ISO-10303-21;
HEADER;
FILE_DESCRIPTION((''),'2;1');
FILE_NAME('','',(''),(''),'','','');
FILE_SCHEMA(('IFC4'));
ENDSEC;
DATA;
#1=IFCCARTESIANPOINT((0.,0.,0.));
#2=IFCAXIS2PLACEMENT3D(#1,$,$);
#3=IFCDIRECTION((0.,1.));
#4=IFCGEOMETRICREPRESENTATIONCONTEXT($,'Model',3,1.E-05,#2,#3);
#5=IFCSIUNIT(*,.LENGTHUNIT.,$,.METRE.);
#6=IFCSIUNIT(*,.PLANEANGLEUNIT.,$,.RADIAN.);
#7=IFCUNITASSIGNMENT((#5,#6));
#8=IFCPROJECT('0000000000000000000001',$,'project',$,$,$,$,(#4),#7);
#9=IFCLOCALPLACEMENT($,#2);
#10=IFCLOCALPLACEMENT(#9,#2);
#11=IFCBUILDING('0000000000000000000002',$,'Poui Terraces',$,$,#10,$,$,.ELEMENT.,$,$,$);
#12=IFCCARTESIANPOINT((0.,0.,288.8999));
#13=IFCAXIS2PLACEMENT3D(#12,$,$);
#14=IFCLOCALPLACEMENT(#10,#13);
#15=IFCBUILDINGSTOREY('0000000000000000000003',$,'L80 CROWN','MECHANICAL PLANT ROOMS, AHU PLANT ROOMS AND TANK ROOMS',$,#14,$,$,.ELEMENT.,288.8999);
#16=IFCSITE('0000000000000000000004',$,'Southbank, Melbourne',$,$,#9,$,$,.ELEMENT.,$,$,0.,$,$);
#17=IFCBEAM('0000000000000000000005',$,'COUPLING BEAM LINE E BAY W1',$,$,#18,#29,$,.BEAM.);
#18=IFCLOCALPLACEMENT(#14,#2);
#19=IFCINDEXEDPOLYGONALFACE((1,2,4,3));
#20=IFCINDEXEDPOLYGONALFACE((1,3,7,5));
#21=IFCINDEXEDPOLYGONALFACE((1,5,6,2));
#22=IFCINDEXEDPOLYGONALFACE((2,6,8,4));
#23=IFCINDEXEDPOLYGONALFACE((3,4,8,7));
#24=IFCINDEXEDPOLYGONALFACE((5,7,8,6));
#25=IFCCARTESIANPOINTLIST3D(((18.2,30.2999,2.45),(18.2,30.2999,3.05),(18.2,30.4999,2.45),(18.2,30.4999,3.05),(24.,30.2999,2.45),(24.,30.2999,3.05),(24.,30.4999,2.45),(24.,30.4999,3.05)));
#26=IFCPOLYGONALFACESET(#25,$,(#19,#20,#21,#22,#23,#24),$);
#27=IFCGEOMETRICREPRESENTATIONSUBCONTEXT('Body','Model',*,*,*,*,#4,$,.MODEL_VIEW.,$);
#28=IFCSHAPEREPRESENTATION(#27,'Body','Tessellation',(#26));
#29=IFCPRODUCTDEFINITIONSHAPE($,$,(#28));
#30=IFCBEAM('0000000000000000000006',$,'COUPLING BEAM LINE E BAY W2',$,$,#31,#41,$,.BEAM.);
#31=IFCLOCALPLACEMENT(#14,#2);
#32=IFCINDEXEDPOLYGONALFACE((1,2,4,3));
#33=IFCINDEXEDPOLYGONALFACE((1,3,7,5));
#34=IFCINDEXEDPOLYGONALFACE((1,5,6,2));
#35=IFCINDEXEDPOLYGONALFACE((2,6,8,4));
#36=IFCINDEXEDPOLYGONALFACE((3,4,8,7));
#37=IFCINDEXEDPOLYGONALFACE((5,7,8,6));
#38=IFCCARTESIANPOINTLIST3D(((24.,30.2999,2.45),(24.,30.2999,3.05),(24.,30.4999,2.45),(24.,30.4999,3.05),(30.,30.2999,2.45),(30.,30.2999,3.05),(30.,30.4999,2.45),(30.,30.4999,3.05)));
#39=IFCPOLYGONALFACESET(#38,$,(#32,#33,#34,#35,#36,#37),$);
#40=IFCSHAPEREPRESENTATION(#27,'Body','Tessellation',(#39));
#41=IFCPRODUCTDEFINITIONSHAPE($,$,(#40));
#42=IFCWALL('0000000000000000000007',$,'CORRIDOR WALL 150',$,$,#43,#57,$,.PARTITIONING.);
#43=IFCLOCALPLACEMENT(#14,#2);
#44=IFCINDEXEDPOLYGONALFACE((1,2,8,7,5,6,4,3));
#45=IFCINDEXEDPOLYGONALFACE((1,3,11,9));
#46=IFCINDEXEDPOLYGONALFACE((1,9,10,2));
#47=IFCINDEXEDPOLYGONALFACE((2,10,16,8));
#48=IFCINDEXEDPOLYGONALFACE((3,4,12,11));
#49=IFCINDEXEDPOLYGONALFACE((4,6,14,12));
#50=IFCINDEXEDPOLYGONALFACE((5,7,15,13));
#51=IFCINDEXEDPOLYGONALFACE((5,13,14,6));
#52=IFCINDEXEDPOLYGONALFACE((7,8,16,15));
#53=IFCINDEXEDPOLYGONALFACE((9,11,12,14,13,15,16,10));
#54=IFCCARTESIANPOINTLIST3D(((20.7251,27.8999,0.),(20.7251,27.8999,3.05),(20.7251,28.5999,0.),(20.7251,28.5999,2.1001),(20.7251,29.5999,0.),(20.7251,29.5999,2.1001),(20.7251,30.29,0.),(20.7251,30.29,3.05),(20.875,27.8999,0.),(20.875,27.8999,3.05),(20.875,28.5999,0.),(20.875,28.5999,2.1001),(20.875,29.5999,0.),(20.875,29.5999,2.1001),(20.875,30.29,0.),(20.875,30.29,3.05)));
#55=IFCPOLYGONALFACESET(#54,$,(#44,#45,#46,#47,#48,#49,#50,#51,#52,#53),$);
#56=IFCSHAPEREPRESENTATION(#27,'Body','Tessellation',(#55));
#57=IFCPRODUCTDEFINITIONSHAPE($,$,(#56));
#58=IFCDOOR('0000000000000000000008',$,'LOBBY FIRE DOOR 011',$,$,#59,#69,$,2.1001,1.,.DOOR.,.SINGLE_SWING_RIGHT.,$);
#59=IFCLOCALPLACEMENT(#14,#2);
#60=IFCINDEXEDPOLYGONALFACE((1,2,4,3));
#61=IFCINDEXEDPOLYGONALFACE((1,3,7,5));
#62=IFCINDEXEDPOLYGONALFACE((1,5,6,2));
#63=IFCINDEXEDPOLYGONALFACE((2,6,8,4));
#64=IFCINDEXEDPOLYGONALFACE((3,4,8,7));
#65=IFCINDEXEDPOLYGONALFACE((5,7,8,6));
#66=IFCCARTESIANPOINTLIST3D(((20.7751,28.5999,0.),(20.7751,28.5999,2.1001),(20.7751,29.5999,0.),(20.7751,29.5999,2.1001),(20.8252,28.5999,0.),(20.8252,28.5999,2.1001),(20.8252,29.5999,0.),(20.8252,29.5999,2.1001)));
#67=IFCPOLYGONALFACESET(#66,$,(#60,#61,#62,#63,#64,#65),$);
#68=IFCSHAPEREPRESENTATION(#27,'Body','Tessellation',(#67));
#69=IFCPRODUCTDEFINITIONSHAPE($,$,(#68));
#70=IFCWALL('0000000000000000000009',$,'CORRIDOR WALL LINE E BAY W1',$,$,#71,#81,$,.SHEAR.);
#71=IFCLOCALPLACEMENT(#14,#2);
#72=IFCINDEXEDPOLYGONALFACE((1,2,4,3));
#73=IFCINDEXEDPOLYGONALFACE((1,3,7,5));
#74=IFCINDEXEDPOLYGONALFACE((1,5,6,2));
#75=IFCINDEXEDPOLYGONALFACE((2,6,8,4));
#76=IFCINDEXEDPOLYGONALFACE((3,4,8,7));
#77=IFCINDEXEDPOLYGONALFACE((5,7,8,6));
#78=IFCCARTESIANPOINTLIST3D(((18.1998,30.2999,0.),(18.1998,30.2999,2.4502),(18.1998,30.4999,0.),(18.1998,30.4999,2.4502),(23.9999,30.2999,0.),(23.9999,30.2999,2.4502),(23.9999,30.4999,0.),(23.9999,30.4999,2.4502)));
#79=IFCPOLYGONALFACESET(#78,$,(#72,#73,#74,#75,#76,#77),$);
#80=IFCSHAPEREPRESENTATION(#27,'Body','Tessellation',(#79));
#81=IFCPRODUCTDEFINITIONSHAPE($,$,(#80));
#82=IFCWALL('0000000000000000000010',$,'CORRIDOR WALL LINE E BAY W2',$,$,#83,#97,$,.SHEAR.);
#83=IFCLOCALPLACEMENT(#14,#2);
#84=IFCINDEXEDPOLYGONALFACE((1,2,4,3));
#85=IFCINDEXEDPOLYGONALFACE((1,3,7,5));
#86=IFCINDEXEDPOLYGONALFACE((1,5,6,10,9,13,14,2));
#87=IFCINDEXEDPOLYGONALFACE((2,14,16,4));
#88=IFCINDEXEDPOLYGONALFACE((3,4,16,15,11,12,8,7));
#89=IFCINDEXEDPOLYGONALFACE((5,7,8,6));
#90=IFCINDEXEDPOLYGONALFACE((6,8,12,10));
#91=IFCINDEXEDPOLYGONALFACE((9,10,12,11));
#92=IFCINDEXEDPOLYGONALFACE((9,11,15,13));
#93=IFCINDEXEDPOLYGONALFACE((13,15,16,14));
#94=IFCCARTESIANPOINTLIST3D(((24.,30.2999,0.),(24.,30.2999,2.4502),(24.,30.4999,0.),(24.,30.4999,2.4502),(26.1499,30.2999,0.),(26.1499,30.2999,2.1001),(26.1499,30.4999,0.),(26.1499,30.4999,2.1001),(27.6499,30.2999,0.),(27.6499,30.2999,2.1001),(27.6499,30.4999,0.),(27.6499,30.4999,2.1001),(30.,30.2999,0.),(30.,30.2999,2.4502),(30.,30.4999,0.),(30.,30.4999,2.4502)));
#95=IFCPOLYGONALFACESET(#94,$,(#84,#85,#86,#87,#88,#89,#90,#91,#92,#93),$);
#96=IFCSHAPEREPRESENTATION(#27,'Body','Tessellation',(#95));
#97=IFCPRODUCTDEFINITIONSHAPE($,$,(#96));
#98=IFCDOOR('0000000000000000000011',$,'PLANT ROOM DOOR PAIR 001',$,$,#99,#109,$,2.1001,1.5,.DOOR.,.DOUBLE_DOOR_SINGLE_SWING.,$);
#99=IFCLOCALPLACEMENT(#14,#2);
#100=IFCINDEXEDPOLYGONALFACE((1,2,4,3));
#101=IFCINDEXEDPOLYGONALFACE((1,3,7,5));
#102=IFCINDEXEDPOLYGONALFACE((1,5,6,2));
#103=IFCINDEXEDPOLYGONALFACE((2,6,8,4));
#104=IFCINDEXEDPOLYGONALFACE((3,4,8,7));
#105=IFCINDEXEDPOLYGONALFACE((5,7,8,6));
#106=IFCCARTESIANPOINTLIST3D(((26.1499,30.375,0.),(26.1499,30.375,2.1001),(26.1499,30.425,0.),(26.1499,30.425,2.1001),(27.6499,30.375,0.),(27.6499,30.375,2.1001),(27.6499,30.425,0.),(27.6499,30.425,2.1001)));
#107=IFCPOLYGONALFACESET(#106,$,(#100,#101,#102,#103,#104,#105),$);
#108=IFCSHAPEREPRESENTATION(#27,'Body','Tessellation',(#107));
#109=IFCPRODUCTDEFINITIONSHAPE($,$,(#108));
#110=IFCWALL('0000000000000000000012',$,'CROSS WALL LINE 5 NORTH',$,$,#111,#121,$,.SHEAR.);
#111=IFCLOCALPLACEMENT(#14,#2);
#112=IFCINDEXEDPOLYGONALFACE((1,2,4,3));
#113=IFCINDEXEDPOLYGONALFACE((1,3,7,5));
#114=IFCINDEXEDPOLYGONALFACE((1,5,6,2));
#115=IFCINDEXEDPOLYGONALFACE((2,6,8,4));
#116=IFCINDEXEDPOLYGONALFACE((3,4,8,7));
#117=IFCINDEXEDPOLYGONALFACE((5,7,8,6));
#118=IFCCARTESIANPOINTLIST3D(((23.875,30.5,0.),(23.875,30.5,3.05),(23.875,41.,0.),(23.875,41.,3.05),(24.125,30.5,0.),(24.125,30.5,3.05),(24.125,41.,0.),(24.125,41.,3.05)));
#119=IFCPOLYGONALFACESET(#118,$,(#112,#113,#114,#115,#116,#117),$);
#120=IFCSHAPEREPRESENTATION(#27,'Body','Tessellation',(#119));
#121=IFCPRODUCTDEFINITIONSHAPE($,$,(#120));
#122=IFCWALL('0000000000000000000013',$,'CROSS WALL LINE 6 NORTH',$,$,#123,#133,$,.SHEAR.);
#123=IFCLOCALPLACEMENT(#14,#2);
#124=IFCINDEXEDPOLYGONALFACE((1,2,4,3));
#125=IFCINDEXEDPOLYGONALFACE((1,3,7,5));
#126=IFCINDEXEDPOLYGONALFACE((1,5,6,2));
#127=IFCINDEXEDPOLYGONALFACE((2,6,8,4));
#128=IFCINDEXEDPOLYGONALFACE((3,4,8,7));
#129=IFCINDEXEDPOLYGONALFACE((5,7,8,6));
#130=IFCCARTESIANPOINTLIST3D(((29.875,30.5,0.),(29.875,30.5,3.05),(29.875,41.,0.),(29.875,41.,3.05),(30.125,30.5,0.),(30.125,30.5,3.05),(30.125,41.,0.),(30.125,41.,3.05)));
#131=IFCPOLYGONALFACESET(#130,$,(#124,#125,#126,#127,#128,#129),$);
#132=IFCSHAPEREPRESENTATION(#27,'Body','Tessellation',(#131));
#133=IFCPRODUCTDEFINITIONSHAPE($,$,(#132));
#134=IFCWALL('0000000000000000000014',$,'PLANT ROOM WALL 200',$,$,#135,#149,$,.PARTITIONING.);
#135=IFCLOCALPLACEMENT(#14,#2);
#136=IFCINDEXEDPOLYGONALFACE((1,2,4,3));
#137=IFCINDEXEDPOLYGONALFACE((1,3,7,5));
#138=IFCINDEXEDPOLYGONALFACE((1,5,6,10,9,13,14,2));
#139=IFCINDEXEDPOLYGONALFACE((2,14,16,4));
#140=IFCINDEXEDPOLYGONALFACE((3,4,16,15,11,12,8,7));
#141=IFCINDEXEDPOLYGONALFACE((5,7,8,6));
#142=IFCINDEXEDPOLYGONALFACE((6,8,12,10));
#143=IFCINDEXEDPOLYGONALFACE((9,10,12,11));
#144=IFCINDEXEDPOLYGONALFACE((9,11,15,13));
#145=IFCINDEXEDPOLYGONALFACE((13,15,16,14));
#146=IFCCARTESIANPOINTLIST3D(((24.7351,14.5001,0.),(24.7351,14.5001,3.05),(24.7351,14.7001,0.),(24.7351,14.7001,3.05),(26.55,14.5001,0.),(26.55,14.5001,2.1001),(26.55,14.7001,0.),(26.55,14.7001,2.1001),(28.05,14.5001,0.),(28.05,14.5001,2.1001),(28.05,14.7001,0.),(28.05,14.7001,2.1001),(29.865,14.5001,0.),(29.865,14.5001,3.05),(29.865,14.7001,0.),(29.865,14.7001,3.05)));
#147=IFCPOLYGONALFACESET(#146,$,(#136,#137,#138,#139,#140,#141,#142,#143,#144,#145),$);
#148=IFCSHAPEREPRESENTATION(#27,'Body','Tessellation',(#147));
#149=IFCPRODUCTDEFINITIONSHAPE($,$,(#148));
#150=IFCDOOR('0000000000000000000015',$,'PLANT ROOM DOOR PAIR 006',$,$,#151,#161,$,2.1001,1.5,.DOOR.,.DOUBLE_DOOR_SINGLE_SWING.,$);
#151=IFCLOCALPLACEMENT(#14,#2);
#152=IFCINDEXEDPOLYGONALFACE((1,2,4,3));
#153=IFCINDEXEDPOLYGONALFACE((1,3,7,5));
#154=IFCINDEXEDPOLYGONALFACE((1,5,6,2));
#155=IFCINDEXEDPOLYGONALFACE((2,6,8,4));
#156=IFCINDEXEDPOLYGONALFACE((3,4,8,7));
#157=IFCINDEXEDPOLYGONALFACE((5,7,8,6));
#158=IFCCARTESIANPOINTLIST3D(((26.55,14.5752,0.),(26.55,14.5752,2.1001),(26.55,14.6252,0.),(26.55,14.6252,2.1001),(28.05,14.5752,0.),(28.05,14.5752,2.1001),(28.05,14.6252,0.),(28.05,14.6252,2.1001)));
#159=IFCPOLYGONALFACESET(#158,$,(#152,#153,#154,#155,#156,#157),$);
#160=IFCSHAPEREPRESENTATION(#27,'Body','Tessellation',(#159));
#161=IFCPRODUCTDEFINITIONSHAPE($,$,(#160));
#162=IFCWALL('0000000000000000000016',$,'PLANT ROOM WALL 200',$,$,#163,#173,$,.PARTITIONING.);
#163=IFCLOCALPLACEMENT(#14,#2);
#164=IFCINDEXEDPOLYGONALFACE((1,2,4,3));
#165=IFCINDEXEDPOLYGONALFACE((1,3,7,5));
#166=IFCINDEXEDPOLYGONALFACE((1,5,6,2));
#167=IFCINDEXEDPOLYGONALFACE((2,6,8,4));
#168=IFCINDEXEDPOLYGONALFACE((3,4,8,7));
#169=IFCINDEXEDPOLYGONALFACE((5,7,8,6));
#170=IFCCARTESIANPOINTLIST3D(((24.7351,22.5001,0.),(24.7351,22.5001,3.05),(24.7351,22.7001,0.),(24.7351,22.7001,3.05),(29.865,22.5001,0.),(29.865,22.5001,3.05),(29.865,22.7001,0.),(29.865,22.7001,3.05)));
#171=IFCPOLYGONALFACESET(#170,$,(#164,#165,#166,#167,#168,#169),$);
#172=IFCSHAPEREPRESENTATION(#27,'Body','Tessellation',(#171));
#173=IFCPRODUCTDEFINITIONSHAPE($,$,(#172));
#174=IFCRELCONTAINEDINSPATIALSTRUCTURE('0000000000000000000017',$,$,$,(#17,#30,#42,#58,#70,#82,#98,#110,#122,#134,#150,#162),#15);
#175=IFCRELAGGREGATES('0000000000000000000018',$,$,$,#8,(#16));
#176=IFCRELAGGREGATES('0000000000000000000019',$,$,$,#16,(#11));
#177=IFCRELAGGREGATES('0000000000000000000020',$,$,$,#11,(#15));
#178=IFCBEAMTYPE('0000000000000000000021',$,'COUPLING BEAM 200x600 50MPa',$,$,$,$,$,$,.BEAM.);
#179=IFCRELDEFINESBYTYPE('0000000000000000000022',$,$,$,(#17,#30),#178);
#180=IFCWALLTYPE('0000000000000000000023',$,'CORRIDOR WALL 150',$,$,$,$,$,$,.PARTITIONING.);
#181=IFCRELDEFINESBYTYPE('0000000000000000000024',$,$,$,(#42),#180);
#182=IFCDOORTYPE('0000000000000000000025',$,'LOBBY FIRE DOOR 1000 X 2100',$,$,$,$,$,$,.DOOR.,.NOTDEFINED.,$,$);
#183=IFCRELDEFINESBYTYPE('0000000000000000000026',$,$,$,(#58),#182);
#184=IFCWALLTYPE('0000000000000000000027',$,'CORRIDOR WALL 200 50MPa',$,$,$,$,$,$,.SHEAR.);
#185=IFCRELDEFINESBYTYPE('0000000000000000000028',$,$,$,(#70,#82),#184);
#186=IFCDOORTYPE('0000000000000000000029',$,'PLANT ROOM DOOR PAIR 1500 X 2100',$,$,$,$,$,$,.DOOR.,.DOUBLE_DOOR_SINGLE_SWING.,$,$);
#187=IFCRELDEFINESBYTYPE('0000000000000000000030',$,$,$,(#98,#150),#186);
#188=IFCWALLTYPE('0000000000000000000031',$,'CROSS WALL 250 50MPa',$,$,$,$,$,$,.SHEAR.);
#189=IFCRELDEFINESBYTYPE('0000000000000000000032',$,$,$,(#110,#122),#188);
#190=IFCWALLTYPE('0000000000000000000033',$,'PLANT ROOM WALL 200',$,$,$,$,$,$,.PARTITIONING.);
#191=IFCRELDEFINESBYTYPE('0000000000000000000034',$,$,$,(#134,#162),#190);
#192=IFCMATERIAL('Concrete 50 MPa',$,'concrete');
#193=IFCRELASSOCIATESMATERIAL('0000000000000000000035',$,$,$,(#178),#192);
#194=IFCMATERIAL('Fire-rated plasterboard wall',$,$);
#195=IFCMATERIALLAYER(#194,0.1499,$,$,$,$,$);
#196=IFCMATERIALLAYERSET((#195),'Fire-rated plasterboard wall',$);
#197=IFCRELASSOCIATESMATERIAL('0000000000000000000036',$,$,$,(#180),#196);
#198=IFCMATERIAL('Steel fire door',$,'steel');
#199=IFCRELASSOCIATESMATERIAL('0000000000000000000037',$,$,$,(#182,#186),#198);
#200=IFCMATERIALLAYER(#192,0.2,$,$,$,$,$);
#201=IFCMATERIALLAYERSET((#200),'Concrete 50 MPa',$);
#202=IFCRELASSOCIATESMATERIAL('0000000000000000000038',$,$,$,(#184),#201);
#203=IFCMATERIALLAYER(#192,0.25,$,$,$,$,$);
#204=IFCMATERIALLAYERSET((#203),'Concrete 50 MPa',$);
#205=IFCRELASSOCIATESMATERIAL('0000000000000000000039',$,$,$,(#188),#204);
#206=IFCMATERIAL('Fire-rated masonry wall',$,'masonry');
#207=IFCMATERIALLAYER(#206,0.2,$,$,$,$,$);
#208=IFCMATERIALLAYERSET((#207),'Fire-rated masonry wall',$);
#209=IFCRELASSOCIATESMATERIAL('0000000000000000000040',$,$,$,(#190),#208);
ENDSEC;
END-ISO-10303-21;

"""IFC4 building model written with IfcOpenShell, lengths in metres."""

from ifc_helpers import new_model, si_unit, direction, frame, frame_2d, origin, origin_2d, place, context, subcontext, project, spatial, rectangle, extrude, source, transform, mapped, material, layer, layer_set, material_profile, profile_set, type_object, element, fill, save


model = new_model("IFC4")

# Units and contexts
model_context = context("Model", 3, precision=1e-05, world=origin(), true_north=direction((0.0, 1.0)))
body_context = subcontext(model_context, "Body", "Model", "MODEL_VIEW")
ifc_project = project(units=[si_unit("LENGTHUNIT", "METRE"), si_unit("PLANEANGLEUNIT", "RADIAN")], contexts=[model_context])

# Site, building, storey
site_placement = place(None, origin())
site = spatial("IfcSite", under=ifc_project, at=site_placement, Name="Southbank, Melbourne", CompositionType="ELEMENT", RefElevation=0.0)
building_placement = place(site_placement, origin())
building = spatial("IfcBuilding", under=site, at=building_placement, Name="Poui Terraces", CompositionType="ELEMENT")
storey_placement = place(building_placement, frame((0.0, 0.0, 288.8999)))
storey = spatial("IfcBuildingStorey", under=building, at=storey_placement, Name="L80 CROWN", Description="MECHANICAL PLANT ROOMS, AHU PLANT ROOMS AND TANK ROOMS", CompositionType="ELEMENT", Elevation=288.8999)

# Beams
ifc_material_1 = material(Name="Concrete 50 MPa", Category="concrete")
ifc_material_profile_1 = material_profile(ifc_material_1, rectangle(XDim=0.2, YDim=0.6001, at=origin_2d()), Name="RC 200x600")
ifc_profile_set_1 = profile_set([ifc_material_profile_1], Name="Concrete 50 MPa")
beam_type = type_object("IfcBeamType", Name="COUPLING BEAM 200x600 50MPa", PredefinedType="BEAM", material=ifc_profile_set_1)
shared_shape_1 = source(origin(), body_context, "Body", "SweptSolid", [
    extrude(rectangle(XDim=0.2, YDim=0.6001, at=origin_2d()), origin(), (0.0, 0.0, 1.0), 5.8),
])
beam_1_placement = place(storey_placement, frame((18.2, 30.3999, 2.75), z_axis=(1.0, 0.0, 0.0), x_axis=(0.0, 1.0, 0.0)))
element("IfcBeam", 1, at=beam_1_placement, inside=storey, type_object=beam_type, Name="COUPLING BEAM LINE E BAY W1", PredefinedType="BEAM", context=body_context, shape_type="MappedRepresentation", body=[
    mapped(shared_shape_1, transform((0.0, 0.0, 0.0))),
])
shared_shape_2 = source(origin(), body_context, "Body", "SweptSolid", [
    extrude(rectangle(XDim=0.2, YDim=0.6001, at=origin_2d()), origin(), (0.0, 0.0, 1.0), 6.0),
])
beam_2_placement = place(storey_placement, frame((24.0, 30.3999, 2.75), z_axis=(1.0, 0.0, 0.0), x_axis=(0.0, 1.0, 0.0)))
element("IfcBeam", 2, at=beam_2_placement, inside=storey, type_object=beam_type, Name="COUPLING BEAM LINE E BAY W2", PredefinedType="BEAM", context=body_context, shape_type="MappedRepresentation", body=[
    mapped(shared_shape_2, transform((0.0, 0.0, 0.0))),
])

# Wall, opening, door
ifc_material_2 = material(Name="Fire-rated plasterboard wall")
ifc_layer_1 = layer(ifc_material_2, 0.1499)
ifc_layer_set_1 = layer_set([ifc_layer_1], Name="Fire-rated plasterboard wall")
wall_type_1 = type_object("IfcWallType", Name="CORRIDOR WALL 150", PredefinedType="PARTITIONING", material=ifc_layer_set_1)
wall_1_placement = place(storey_placement, frame((20.8, 27.8999, 0.0), z_axis=(0.0, 0.0, 1.0), x_axis=(0.0, 1.0, 0.0)))
wall_1 = element("IfcWall", 3, at=wall_1_placement, inside=storey, type_object=wall_type_1, Name="CORRIDOR WALL 150", PredefinedType="PARTITIONING", context=body_context, shape_type="SweptSolid", body=[
    extrude(rectangle(XDim=2.3901, YDim=0.1499, at=frame_2d((1.1951, 0.0))), origin(), (0.0, 0.0, 1.0), 3.05),
])
opening_1_placement = place(wall_1_placement, frame((0.7, 0.0, 0.0)))
opening_1 = element("IfcOpeningElement", 4, at=opening_1_placement, cuts=wall_1, PredefinedType="OPENING", context=body_context, shape_type="SweptSolid", body=[
    extrude(rectangle(XDim=1.0, YDim=2.1001, at=frame_2d((0.5, 1.05))), frame((0.0, 0.085, 0.0), z_axis=(0.0, -1.0, 0.0), x_axis=(1.0, 0.0, 0.0)), (0.0, 0.0, 1.0), 0.1699),
])
ifc_material_3 = material(Name="Steel fire door", Category="steel")
door_type_1 = type_object("IfcDoorType", Name="LOBBY FIRE DOOR 1000 X 2100", OperationType="NOTDEFINED", PredefinedType="DOOR", material=ifc_material_3)
door_1_placement = place(opening_1_placement, origin())
door_1 = element("IfcDoor", 5, at=door_1_placement, inside=storey, type_object=door_type_1, Name="LOBBY FIRE DOOR 011", OperationType="SINGLE_SWING_RIGHT", OverallHeight=2.1001, OverallWidth=1.0, PredefinedType="DOOR", context=body_context, shape_type="SweptSolid", body=[
    extrude(rectangle(XDim=1.0, YDim=2.1001, at=frame_2d((0.5, 1.05))), frame((0.0, 0.0249, 0.0), z_axis=(0.0, -1.0, 0.0), x_axis=(1.0, 0.0, 0.0)), (0.0, 0.0, 1.0), 0.05),
])
fill(opening_1, door_1)

# Wall
ifc_layer_2 = layer(ifc_material_1, 0.2)
ifc_layer_set_2 = layer_set([ifc_layer_2], Name="Concrete 50 MPa")
wall_type_2 = type_object("IfcWallType", Name="CORRIDOR WALL 200 50MPa", PredefinedType="SHEAR", material=ifc_layer_set_2)
wall_2_placement = place(storey_placement, frame((18.2, 30.3999, 0.0), z_axis=(0.0, 0.0, 1.0), x_axis=(1.0, 0.0, 0.0)))
element("IfcWall", 6, at=wall_2_placement, inside=storey, type_object=wall_type_2, Name="CORRIDOR WALL LINE E BAY W1", PredefinedType="SHEAR", context=body_context, shape_type="SweptSolid", body=[
    extrude(rectangle(XDim=5.8, YDim=0.2, at=frame_2d((2.8999, 0.0))), origin(), (0.0, 0.0, 1.0), 2.4502),
])

# Wall, opening, door
wall_3_placement = place(storey_placement, frame((24.0, 30.3999, 0.0), z_axis=(0.0, 0.0, 1.0), x_axis=(1.0, 0.0, 0.0)))
wall_3 = element("IfcWall", 7, at=wall_3_placement, inside=storey, type_object=wall_type_2, Name="CORRIDOR WALL LINE E BAY W2", PredefinedType="SHEAR", context=body_context, shape_type="SweptSolid", body=[
    extrude(rectangle(XDim=6.0, YDim=0.2, at=frame_2d((3.0, 0.0))), origin(), (0.0, 0.0, 1.0), 2.4502),
])
opening_2_placement = place(wall_3_placement, frame((2.1499, 0.0, 0.0)))
opening_2 = element("IfcOpeningElement", 8, at=opening_2_placement, cuts=wall_3, PredefinedType="OPENING", context=body_context, shape_type="SweptSolid", body=[
    extrude(rectangle(XDim=1.5, YDim=2.1001, at=frame_2d((0.75, 1.05))), frame((0.0, 0.1099, 0.0), z_axis=(0.0, -1.0, 0.0), x_axis=(1.0, 0.0, 0.0)), (0.0, 0.0, 1.0), 0.22),
])
door_type_2 = type_object("IfcDoorType", Name="PLANT ROOM DOOR PAIR 1500 X 2100", OperationType="DOUBLE_DOOR_SINGLE_SWING", PredefinedType="DOOR", material=ifc_material_3)
door_2_placement = place(opening_2_placement, frame((1.5, 0.0, 0.0), z_axis=(0.0, 0.0, 1.0), x_axis=(-1.0, 0.0, 0.0)))
door_2 = element("IfcDoor", 9, at=door_2_placement, inside=storey, type_object=door_type_2, Name="PLANT ROOM DOOR PAIR 001", OperationType="DOUBLE_DOOR_SINGLE_SWING", OverallHeight=2.1001, OverallWidth=1.5, PredefinedType="DOOR", context=body_context, shape_type="SweptSolid", body=[
    extrude(rectangle(XDim=1.5, YDim=2.1001, at=frame_2d((0.75, 1.05))), frame((0.0, 0.0249, 0.0), z_axis=(0.0, -1.0, 0.0), x_axis=(1.0, 0.0, 0.0)), (0.0, 0.0, 1.0), 0.05),
])
fill(opening_2, door_2)

# Walls
ifc_layer_3 = layer(ifc_material_1, 0.25)
ifc_layer_set_3 = layer_set([ifc_layer_3], Name="Concrete 50 MPa")
wall_type_3 = type_object("IfcWallType", Name="CROSS WALL 250 50MPa", PredefinedType="SHEAR", material=ifc_layer_set_3)
for number, where, z_axis, x_axis, name in (
    (10, (24.0, 30.5, 0.0), (0.0, 0.0, 1.0), (0.0, 1.0, 0.0), "CROSS WALL LINE 5 NORTH"),
    (11, (30.0, 30.5, 0.0), (0.0, 0.0, 1.0), (0.0, 1.0, 0.0), "CROSS WALL LINE 6 NORTH"),
):
    element("IfcWall", number, at=place(storey_placement, frame(where, z_axis=z_axis, x_axis=x_axis)), inside=storey, type_object=wall_type_3, Name=name, PredefinedType="SHEAR", context=body_context, shape_type="SweptSolid", body=[
        extrude(rectangle(XDim=10.5, YDim=0.25, at=frame_2d((5.25, 0.0))), origin(), (0.0, 0.0, 1.0), 3.05),
    ])

# Wall, opening, door
ifc_material_4 = material(Name="Fire-rated masonry wall", Category="masonry")
ifc_layer_4 = layer(ifc_material_4, 0.2)
ifc_layer_set_4 = layer_set([ifc_layer_4], Name="Fire-rated masonry wall")
wall_type_4 = type_object("IfcWallType", Name="PLANT ROOM WALL 200", PredefinedType="PARTITIONING", material=ifc_layer_set_4)
wall_4_placement = place(storey_placement, frame((24.7351, 14.6001, 0.0), z_axis=(0.0, 0.0, 1.0), x_axis=(1.0, 0.0, 0.0)))
wall_4 = element("IfcWall", 12, at=wall_4_placement, inside=storey, type_object=wall_type_4, Name="PLANT ROOM WALL 200", PredefinedType="PARTITIONING", context=body_context, shape_type="SweptSolid", body=[
    extrude(rectangle(XDim=5.1299, YDim=0.2, at=frame_2d((2.5649, 0.0))), origin(), (0.0, 0.0, 1.0), 3.05),
])
opening_3_placement = place(wall_4_placement, frame((1.8149, 0.0, 0.0)))
opening_3 = element("IfcOpeningElement", 13, at=opening_3_placement, cuts=wall_4, PredefinedType="OPENING", context=body_context, shape_type="SweptSolid", body=[
    extrude(rectangle(XDim=1.5, YDim=2.1001, at=frame_2d((0.75, 1.05))), frame((0.0, 0.1099, 0.0), z_axis=(0.0, -1.0, 0.0), x_axis=(1.0, 0.0, 0.0)), (0.0, 0.0, 1.0), 0.22),
])
door_3_placement = place(opening_3_placement, frame((1.5, 0.0, 0.0), z_axis=(0.0, 0.0, 1.0), x_axis=(-1.0, 0.0, 0.0)))
door_3 = element("IfcDoor", 14, at=door_3_placement, inside=storey, type_object=door_type_2, Name="PLANT ROOM DOOR PAIR 006", OperationType="DOUBLE_DOOR_SINGLE_SWING", OverallHeight=2.1001, OverallWidth=1.5, PredefinedType="DOOR", context=body_context, shape_type="SweptSolid", body=[
    extrude(rectangle(XDim=1.5, YDim=2.1001, at=frame_2d((0.75, 1.05))), frame((0.0, 0.0249, 0.0), z_axis=(0.0, -1.0, 0.0), x_axis=(1.0, 0.0, 0.0)), (0.0, 0.0, 1.0), 0.05),
])
fill(opening_3, door_3)

# Wall
wall_5_placement = place(storey_placement, frame((24.7351, 22.6001, 0.0), z_axis=(0.0, 0.0, 1.0), x_axis=(1.0, 0.0, 0.0)))
element("IfcWall", 15, at=wall_5_placement, inside=storey, type_object=wall_type_4, Name="PLANT ROOM WALL 200", PredefinedType="PARTITIONING", context=body_context, shape_type="SweptSolid", body=[
    extrude(rectangle(XDim=5.1299, YDim=0.2, at=frame_2d((2.5649, 0.0))), origin(), (0.0, 0.0, 1.0), 3.05),
])

save(model, "model.ifc")
